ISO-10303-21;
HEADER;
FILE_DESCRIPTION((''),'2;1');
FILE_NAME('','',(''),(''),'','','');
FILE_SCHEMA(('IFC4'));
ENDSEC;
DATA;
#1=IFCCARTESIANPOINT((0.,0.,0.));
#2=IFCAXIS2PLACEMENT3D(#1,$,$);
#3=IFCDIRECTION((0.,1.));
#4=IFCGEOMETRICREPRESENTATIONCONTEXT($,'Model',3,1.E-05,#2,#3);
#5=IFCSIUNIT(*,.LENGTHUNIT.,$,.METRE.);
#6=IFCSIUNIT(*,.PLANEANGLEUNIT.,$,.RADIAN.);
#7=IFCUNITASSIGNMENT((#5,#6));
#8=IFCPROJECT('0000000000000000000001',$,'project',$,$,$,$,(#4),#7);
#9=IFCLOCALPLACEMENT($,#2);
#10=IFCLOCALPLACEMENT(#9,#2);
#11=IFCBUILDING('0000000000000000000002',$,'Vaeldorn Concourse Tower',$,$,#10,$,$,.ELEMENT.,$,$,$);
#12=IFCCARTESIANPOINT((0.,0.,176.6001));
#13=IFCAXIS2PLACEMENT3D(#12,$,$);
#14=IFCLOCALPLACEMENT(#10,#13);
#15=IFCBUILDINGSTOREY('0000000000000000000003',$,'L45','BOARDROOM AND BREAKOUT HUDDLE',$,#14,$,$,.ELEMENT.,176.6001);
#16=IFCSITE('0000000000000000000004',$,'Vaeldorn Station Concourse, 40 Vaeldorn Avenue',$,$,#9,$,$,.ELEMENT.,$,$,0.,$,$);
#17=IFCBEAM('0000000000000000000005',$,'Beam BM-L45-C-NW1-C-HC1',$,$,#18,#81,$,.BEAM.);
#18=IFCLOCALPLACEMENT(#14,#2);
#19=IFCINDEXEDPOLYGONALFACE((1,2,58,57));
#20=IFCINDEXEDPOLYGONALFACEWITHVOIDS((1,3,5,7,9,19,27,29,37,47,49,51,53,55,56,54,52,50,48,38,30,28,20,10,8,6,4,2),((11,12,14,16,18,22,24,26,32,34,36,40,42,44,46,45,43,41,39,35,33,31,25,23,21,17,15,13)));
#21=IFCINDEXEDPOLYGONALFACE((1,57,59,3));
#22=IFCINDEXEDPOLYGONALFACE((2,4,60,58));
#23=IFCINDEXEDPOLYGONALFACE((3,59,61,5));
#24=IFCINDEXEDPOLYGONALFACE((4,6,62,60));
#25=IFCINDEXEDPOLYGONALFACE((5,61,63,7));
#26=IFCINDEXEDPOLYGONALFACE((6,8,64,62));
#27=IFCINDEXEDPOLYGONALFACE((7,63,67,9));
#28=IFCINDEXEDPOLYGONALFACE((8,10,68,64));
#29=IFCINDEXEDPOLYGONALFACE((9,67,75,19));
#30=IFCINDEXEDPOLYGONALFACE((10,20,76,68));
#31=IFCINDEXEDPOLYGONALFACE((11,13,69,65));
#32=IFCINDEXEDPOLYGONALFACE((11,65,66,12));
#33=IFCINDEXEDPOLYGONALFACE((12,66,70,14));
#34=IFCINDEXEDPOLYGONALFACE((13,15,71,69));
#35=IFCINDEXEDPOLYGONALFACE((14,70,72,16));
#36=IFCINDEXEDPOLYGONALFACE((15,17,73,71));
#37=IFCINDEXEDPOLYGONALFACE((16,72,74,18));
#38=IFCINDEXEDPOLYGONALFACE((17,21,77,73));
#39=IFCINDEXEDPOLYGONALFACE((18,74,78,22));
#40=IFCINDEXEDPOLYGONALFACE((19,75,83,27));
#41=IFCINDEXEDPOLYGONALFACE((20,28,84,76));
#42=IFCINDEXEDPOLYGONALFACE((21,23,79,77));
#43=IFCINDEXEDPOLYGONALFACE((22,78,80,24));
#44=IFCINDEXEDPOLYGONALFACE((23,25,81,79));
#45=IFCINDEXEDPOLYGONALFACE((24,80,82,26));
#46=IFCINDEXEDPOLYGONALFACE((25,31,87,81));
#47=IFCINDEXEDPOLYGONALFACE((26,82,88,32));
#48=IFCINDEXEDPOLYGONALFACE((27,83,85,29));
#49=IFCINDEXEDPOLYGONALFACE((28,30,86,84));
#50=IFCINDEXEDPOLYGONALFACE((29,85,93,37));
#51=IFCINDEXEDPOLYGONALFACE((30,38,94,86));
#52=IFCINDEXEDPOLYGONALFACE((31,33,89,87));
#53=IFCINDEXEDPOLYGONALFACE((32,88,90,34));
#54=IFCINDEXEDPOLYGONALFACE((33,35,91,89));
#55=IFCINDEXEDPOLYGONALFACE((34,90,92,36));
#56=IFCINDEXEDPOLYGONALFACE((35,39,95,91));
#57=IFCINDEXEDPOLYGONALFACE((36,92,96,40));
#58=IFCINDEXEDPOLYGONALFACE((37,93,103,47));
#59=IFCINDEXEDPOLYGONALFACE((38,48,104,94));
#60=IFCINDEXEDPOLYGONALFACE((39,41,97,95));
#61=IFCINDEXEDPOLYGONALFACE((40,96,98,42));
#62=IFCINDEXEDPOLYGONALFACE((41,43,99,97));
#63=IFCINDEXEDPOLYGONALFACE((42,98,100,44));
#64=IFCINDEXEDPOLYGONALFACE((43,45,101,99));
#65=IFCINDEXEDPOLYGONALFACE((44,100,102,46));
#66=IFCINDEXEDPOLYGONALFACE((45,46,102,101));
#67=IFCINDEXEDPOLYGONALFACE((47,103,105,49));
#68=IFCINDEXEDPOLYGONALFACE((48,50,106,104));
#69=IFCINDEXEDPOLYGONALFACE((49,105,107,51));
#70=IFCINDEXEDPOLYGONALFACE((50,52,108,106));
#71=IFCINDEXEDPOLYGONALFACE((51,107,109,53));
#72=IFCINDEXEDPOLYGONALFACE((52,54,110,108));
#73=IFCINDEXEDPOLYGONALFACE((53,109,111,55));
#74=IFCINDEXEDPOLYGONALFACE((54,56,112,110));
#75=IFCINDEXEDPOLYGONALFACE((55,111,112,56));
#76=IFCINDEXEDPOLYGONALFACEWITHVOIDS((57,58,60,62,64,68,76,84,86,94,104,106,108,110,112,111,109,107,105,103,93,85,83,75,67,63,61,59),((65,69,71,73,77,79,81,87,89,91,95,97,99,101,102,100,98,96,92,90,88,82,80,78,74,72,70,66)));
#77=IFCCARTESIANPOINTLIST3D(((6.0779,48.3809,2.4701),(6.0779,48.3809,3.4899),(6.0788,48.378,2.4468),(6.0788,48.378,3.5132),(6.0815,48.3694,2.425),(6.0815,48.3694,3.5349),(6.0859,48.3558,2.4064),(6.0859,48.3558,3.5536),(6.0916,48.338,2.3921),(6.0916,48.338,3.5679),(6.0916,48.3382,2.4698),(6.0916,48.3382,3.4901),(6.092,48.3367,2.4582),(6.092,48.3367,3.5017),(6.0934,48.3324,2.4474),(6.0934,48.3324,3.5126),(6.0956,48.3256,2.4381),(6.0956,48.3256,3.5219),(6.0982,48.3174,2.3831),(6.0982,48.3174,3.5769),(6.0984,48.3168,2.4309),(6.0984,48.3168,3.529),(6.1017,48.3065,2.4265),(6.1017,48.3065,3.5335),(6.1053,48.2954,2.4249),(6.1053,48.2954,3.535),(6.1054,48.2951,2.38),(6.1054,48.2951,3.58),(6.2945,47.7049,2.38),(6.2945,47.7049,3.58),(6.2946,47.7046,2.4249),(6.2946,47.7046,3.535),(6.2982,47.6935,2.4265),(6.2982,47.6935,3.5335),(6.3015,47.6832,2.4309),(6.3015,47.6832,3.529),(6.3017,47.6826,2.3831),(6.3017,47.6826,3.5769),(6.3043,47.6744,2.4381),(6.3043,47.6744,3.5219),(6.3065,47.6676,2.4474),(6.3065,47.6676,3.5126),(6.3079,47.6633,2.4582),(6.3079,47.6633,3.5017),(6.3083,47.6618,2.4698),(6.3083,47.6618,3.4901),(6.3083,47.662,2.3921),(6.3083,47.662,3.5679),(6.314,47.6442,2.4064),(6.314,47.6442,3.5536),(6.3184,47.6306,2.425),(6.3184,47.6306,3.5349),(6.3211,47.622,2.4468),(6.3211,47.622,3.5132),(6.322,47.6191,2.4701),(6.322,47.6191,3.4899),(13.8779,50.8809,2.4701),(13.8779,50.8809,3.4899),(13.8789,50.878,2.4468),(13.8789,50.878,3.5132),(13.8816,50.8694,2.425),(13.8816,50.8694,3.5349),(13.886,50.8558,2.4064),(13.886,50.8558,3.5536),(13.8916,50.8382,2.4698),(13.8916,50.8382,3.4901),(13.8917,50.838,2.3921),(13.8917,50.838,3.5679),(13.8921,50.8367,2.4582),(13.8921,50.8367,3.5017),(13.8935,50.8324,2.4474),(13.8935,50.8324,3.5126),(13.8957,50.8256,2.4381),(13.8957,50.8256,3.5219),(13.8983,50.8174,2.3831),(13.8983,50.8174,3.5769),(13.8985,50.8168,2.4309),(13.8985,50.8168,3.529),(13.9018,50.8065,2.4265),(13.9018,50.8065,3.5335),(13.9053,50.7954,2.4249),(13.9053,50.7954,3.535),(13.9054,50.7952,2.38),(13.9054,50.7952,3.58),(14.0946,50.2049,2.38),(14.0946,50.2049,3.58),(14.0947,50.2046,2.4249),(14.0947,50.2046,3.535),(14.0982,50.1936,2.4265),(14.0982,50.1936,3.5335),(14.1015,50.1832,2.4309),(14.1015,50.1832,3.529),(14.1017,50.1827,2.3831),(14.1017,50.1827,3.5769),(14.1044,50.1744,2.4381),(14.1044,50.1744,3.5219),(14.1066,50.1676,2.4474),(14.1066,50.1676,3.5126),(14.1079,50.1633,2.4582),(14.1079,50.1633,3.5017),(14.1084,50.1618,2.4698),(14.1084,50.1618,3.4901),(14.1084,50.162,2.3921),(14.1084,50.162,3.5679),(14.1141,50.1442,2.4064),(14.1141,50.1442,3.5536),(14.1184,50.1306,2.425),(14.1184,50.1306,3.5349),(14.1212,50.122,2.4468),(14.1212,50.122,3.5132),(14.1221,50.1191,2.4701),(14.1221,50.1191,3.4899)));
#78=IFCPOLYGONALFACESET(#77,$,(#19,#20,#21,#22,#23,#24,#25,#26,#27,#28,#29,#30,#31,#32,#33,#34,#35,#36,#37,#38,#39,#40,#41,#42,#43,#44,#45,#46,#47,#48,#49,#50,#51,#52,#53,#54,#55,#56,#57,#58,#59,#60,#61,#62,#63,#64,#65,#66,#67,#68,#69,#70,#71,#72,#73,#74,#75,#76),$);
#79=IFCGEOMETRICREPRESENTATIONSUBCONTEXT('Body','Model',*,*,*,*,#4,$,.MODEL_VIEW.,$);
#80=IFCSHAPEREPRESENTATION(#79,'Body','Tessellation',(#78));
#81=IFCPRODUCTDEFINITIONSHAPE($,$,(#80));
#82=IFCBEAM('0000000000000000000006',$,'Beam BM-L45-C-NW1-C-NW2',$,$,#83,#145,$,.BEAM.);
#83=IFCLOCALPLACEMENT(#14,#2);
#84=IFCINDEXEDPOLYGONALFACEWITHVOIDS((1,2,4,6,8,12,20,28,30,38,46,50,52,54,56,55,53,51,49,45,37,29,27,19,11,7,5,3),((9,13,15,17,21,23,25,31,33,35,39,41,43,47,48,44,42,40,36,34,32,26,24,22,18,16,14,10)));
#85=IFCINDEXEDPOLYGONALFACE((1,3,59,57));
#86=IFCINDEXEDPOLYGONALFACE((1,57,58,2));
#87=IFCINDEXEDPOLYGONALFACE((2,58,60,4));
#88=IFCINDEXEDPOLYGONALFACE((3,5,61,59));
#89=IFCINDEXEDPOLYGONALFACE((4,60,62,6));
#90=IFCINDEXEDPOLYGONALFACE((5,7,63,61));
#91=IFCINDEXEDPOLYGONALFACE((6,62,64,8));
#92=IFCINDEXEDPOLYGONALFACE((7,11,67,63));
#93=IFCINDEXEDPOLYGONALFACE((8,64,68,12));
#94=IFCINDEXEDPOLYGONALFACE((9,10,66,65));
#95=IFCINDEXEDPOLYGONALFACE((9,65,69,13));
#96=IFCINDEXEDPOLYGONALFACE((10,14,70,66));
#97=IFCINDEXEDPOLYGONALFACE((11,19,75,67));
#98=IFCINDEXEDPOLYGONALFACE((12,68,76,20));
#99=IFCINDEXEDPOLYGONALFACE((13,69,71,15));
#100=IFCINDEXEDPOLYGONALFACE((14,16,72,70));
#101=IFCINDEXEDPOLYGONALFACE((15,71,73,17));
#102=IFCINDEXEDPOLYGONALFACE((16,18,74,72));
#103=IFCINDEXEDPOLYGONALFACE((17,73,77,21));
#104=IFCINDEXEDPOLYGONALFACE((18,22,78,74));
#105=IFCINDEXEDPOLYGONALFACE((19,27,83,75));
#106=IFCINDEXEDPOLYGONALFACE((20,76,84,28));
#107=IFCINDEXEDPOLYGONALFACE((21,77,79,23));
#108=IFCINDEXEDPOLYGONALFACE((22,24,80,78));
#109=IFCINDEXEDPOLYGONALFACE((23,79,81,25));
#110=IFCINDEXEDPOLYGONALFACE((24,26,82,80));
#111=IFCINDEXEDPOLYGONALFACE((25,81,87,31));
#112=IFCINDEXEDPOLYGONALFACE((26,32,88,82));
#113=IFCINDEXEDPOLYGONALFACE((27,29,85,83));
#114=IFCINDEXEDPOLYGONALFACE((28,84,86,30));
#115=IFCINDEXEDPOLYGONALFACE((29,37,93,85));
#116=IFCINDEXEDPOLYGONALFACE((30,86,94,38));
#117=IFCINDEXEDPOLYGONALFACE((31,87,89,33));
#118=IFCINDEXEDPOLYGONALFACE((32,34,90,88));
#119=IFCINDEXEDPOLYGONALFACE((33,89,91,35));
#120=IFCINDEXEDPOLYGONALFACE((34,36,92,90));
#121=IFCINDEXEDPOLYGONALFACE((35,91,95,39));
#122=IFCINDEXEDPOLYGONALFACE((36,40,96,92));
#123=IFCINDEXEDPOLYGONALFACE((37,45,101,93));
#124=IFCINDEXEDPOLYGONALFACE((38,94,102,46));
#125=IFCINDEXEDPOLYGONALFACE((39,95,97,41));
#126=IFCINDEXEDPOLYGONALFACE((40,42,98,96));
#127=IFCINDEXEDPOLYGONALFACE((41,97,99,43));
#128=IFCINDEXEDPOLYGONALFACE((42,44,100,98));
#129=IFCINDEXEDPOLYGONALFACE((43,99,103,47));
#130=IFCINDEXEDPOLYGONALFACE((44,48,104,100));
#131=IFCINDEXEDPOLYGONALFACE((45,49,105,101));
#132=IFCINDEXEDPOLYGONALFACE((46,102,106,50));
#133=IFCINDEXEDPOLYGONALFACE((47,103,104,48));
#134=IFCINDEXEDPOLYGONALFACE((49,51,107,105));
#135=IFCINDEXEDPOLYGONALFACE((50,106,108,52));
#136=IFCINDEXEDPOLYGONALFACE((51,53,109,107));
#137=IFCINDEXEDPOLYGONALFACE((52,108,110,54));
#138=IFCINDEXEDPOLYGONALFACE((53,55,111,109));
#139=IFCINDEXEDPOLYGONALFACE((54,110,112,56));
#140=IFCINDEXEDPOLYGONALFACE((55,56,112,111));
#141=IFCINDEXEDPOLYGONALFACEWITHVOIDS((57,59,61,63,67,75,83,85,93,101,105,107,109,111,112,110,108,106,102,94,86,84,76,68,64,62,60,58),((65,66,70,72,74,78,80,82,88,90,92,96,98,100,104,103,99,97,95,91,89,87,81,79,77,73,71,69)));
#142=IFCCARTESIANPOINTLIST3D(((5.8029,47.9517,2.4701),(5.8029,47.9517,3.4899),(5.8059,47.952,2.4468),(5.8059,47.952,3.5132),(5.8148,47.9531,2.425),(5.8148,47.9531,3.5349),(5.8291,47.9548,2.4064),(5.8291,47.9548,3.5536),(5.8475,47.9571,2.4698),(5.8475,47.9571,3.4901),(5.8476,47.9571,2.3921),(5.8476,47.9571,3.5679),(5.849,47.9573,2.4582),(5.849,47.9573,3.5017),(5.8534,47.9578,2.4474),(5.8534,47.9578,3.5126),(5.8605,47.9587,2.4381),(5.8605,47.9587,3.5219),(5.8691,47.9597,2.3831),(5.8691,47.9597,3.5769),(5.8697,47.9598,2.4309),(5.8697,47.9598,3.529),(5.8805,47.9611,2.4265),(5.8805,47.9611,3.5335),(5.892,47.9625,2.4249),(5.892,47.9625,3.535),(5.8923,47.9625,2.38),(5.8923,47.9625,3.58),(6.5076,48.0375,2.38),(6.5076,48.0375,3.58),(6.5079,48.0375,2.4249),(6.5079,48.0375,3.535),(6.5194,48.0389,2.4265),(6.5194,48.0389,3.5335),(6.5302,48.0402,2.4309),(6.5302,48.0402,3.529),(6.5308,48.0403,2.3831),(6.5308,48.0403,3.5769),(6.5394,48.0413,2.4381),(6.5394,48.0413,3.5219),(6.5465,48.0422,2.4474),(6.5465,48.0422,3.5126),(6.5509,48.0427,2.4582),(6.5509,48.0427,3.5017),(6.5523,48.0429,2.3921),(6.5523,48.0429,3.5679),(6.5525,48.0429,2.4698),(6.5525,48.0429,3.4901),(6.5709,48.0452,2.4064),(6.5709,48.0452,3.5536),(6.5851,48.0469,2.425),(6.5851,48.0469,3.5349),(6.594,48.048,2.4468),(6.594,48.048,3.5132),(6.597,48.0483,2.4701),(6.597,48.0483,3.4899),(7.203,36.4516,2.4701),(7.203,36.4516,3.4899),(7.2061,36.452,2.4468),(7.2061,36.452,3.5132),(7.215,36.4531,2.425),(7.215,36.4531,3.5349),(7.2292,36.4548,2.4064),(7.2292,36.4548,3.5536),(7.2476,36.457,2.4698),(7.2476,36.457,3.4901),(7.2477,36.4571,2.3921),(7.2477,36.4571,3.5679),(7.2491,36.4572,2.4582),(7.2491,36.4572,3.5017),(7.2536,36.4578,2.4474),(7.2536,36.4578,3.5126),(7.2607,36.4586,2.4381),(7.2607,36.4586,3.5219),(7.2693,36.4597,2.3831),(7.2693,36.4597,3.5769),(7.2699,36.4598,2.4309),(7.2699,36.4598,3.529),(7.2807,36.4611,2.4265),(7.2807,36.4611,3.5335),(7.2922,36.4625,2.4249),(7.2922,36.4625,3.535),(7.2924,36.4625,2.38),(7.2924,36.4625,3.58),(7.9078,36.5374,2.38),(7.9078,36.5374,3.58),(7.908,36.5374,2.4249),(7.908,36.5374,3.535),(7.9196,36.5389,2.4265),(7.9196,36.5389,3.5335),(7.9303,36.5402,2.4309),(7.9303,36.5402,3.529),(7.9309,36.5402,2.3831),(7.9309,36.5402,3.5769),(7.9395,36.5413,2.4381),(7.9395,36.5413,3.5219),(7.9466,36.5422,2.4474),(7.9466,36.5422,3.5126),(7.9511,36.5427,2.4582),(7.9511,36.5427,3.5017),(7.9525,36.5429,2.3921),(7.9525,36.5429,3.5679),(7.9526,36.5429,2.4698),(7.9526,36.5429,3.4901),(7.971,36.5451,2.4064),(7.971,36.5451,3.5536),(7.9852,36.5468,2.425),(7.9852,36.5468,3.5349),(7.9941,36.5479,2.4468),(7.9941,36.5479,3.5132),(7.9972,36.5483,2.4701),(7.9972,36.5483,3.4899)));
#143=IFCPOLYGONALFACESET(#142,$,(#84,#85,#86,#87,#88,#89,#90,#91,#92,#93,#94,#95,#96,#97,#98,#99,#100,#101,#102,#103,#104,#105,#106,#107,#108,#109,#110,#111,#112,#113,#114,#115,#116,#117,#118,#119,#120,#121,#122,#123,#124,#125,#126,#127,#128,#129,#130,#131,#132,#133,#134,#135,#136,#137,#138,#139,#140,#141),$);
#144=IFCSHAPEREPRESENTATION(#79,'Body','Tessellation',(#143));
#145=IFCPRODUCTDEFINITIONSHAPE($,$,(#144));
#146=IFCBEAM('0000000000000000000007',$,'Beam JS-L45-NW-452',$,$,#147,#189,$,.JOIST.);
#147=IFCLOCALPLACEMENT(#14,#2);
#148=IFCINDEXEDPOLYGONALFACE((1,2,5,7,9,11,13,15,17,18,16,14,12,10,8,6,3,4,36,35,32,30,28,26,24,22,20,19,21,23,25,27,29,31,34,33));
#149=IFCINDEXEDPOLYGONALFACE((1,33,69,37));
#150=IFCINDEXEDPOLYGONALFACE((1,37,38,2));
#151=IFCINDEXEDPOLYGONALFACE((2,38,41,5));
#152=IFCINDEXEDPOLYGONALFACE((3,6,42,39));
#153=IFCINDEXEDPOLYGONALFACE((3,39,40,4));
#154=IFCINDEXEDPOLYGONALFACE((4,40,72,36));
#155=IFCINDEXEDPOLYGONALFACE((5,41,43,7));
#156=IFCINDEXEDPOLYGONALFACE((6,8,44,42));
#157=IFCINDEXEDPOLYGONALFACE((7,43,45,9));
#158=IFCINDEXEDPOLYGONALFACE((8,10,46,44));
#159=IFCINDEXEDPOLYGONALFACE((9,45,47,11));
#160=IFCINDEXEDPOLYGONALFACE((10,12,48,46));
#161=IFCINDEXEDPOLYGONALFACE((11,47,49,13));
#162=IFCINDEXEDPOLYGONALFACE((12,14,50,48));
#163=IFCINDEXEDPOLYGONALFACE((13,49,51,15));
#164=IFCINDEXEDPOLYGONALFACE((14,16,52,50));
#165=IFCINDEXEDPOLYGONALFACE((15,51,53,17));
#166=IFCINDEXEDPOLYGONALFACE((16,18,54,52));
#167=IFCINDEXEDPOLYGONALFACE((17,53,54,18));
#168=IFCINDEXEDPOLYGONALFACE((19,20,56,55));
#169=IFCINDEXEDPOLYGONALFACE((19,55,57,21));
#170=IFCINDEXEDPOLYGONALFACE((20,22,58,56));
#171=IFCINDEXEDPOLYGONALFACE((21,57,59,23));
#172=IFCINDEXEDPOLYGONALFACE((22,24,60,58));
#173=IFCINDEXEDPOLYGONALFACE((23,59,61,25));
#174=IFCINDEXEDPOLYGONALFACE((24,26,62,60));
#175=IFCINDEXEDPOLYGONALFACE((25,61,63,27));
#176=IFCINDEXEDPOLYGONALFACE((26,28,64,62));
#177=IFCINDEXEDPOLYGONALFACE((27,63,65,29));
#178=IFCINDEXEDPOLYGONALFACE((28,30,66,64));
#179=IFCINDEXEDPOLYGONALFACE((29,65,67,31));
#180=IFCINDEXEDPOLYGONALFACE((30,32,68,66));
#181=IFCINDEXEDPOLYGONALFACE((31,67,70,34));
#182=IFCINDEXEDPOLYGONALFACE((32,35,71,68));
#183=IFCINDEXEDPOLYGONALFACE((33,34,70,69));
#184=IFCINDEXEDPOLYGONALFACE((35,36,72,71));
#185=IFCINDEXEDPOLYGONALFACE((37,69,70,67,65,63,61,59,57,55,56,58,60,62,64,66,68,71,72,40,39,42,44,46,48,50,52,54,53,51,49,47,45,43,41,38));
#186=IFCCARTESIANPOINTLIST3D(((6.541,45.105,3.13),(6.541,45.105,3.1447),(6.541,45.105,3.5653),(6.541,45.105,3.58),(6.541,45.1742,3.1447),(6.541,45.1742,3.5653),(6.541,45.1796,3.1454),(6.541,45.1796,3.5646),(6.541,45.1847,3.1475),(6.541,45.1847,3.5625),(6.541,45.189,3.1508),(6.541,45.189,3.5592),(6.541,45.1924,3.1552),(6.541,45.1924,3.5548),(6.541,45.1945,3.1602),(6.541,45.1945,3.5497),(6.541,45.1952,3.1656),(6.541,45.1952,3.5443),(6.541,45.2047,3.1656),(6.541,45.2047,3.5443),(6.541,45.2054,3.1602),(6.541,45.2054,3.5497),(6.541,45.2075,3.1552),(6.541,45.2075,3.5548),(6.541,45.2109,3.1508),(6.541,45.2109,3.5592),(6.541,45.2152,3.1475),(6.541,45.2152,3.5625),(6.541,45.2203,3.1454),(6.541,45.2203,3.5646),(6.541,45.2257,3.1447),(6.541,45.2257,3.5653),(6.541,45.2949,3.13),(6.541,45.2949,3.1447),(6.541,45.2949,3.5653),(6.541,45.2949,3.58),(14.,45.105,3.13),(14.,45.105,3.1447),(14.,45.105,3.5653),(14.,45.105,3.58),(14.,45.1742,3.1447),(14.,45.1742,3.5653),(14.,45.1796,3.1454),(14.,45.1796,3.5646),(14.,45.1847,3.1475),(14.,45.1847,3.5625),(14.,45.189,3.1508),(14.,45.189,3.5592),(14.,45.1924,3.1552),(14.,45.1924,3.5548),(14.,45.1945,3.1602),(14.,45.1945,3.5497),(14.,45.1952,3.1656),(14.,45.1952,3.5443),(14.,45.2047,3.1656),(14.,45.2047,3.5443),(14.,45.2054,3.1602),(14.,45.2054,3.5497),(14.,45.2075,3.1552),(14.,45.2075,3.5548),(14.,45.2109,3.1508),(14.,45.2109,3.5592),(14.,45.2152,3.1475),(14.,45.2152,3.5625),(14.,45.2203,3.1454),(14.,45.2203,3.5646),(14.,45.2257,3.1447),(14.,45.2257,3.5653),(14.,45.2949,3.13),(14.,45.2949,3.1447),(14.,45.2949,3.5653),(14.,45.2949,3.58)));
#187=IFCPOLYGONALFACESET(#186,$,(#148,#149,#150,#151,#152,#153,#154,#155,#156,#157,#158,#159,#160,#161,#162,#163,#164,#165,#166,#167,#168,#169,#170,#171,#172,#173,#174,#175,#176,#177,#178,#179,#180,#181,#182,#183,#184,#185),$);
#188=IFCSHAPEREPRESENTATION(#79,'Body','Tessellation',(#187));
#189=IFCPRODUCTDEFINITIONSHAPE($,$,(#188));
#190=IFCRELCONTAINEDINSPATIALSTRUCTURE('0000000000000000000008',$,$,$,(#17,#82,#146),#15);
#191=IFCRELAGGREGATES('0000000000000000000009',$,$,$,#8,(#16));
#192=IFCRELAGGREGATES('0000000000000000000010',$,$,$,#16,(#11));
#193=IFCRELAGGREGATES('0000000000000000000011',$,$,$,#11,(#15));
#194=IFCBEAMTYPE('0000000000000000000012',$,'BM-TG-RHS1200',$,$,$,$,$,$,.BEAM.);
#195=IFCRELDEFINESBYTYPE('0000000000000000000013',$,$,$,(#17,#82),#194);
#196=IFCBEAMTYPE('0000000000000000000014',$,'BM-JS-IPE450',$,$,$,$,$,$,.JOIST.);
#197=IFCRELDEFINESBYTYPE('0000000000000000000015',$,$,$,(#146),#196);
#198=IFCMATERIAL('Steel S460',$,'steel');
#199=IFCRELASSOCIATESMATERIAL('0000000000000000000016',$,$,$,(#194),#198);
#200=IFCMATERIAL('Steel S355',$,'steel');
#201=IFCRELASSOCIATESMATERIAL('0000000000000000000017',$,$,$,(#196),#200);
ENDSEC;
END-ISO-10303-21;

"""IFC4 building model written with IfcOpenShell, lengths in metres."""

from ifc_helpers import new_model, si_unit, direction, frame, origin, origin_2d, place, context, subcontext, project, spatial, hollow_rectangle, i_section, extrude, source, transform, mapped, material, material_profile, profile_set, type_object, element, save


model = new_model("IFC4")

# Units and contexts
model_context = context("Model", 3, precision=1e-05, world=origin(), true_north=direction((0.0, 1.0)))
body_context = subcontext(model_context, "Body", "Model", "MODEL_VIEW")
ifc_project = project(units=[si_unit("LENGTHUNIT", "METRE"), si_unit("PLANEANGLEUNIT", "RADIAN")], contexts=[model_context])

# Site, building, storey
site_placement = place(None, origin())
site = spatial("IfcSite", under=ifc_project, at=site_placement, Name="Vaeldorn Station Concourse, 40 Vaeldorn Avenue", CompositionType="ELEMENT", RefElevation=0.0)
building_placement = place(site_placement, origin())
building = spatial("IfcBuilding", under=site, at=building_placement, Name="Vaeldorn Concourse Tower", CompositionType="ELEMENT")
storey_placement = place(building_placement, frame((0.0, 0.0, 176.6001)))
storey = spatial("IfcBuildingStorey", under=building, at=storey_placement, Name="L45", Description="BOARDROOM AND BREAKOUT HUDDLE", CompositionType="ELEMENT", Elevation=176.6001)

# Shared definitions
ifc_material_1 = material(Name="Steel S460", Category="steel")

# Beams
ifc_material_profile_1 = material_profile(ifc_material_1, hollow_rectangle(XDim=0.8, YDim=1.2, WallThickness=0.0449, InnerFilletRadius=0.0449, OuterFilletRadius=0.0901, at=origin_2d()), Name="RHS 1200x800x45")
ifc_profile_set_1 = profile_set([ifc_material_profile_1], Name="Steel S460")
beam_type_1 = type_object("IfcBeamType", Name="BM-TG-RHS1200", PredefinedType="BEAM", material=ifc_profile_set_1)
shared_shape_1 = source(origin(), body_context, "Body", "SweptSolid", [
    extrude(hollow_rectangle(XDim=0.8, YDim=1.2, WallThickness=0.0449, InnerFilletRadius=0.0449, OuterFilletRadius=0.0901, at=origin_2d()), origin(), (0.0, 0.0, 1.0), 8.1909),
])
beam_1_placement = place(storey_placement, frame((6.2, 48.0, 2.98), z_axis=(0.952283, 0.305217, 0.0), x_axis=(-0.305217, 0.952283, 0.0)))
element("IfcBeam", 1, at=beam_1_placement, inside=storey, type_object=beam_type_1, Name="Beam BM-L45-C-NW1-C-HC1", PredefinedType="BEAM", context=body_context, shape_type="MappedRepresentation", body=[
    mapped(shared_shape_1, transform((0.0, 0.0, 0.0), scale=1.0)),
])
shared_shape_2 = source(origin(), body_context, "Body", "SweptSolid", [
    extrude(hollow_rectangle(XDim=0.8, YDim=1.2, WallThickness=0.0449, InnerFilletRadius=0.0449, OuterFilletRadius=0.0901, at=origin_2d()), origin(), (0.0, 0.0, 1.0), 11.585),
])
beam_2_placement = place(storey_placement, frame((6.2, 48.0, 2.98), z_axis=(0.120859, -0.99267, 0.0), x_axis=(0.99267, 0.120859, 0.0)))
element("IfcBeam", 2, at=beam_2_placement, inside=storey, type_object=beam_type_1, Name="Beam BM-L45-C-NW1-C-NW2", PredefinedType="BEAM", context=body_context, shape_type="MappedRepresentation", body=[
    mapped(shared_shape_2, transform((0.0, 0.0, 0.0), scale=1.0)),
])
ifc_material_2 = material(Name="Steel S355", Category="steel")
ifc_material_profile_2 = material_profile(ifc_material_2, i_section(OverallWidth=0.1899, OverallDepth=0.45, WebThickness=0.0095, FlangeThickness=0.0146, FilletRadius=0.021, at=origin_2d()), Name="IPE 450")
ifc_profile_set_2 = profile_set([ifc_material_profile_2], Name="Steel S355")
beam_type_2 = type_object("IfcBeamType", Name="BM-JS-IPE450", PredefinedType="JOIST", material=ifc_profile_set_2)
shared_shape_3 = source(origin(), body_context, "Body", "SweptSolid", [
    extrude(i_section(OverallWidth=0.1899, OverallDepth=0.45, WebThickness=0.0095, FlangeThickness=0.0146, FilletRadius=0.021, at=origin_2d()), origin(), (0.0, 0.0, 1.0), 7.459),
])
beam_3_placement = place(storey_placement, frame((6.541, 45.2, 3.355), z_axis=(1.0, 0.0, 0.0), x_axis=(0.0, 1.0, 0.0)))
element("IfcBeam", 3, at=beam_3_placement, inside=storey, type_object=beam_type_2, Name="Beam JS-L45-NW-452", PredefinedType="JOIST", context=body_context, shape_type="MappedRepresentation", body=[
    mapped(shared_shape_3, transform((0.0, 0.0, 0.0), scale=1.0)),
])

save(model, "model.ifc")
